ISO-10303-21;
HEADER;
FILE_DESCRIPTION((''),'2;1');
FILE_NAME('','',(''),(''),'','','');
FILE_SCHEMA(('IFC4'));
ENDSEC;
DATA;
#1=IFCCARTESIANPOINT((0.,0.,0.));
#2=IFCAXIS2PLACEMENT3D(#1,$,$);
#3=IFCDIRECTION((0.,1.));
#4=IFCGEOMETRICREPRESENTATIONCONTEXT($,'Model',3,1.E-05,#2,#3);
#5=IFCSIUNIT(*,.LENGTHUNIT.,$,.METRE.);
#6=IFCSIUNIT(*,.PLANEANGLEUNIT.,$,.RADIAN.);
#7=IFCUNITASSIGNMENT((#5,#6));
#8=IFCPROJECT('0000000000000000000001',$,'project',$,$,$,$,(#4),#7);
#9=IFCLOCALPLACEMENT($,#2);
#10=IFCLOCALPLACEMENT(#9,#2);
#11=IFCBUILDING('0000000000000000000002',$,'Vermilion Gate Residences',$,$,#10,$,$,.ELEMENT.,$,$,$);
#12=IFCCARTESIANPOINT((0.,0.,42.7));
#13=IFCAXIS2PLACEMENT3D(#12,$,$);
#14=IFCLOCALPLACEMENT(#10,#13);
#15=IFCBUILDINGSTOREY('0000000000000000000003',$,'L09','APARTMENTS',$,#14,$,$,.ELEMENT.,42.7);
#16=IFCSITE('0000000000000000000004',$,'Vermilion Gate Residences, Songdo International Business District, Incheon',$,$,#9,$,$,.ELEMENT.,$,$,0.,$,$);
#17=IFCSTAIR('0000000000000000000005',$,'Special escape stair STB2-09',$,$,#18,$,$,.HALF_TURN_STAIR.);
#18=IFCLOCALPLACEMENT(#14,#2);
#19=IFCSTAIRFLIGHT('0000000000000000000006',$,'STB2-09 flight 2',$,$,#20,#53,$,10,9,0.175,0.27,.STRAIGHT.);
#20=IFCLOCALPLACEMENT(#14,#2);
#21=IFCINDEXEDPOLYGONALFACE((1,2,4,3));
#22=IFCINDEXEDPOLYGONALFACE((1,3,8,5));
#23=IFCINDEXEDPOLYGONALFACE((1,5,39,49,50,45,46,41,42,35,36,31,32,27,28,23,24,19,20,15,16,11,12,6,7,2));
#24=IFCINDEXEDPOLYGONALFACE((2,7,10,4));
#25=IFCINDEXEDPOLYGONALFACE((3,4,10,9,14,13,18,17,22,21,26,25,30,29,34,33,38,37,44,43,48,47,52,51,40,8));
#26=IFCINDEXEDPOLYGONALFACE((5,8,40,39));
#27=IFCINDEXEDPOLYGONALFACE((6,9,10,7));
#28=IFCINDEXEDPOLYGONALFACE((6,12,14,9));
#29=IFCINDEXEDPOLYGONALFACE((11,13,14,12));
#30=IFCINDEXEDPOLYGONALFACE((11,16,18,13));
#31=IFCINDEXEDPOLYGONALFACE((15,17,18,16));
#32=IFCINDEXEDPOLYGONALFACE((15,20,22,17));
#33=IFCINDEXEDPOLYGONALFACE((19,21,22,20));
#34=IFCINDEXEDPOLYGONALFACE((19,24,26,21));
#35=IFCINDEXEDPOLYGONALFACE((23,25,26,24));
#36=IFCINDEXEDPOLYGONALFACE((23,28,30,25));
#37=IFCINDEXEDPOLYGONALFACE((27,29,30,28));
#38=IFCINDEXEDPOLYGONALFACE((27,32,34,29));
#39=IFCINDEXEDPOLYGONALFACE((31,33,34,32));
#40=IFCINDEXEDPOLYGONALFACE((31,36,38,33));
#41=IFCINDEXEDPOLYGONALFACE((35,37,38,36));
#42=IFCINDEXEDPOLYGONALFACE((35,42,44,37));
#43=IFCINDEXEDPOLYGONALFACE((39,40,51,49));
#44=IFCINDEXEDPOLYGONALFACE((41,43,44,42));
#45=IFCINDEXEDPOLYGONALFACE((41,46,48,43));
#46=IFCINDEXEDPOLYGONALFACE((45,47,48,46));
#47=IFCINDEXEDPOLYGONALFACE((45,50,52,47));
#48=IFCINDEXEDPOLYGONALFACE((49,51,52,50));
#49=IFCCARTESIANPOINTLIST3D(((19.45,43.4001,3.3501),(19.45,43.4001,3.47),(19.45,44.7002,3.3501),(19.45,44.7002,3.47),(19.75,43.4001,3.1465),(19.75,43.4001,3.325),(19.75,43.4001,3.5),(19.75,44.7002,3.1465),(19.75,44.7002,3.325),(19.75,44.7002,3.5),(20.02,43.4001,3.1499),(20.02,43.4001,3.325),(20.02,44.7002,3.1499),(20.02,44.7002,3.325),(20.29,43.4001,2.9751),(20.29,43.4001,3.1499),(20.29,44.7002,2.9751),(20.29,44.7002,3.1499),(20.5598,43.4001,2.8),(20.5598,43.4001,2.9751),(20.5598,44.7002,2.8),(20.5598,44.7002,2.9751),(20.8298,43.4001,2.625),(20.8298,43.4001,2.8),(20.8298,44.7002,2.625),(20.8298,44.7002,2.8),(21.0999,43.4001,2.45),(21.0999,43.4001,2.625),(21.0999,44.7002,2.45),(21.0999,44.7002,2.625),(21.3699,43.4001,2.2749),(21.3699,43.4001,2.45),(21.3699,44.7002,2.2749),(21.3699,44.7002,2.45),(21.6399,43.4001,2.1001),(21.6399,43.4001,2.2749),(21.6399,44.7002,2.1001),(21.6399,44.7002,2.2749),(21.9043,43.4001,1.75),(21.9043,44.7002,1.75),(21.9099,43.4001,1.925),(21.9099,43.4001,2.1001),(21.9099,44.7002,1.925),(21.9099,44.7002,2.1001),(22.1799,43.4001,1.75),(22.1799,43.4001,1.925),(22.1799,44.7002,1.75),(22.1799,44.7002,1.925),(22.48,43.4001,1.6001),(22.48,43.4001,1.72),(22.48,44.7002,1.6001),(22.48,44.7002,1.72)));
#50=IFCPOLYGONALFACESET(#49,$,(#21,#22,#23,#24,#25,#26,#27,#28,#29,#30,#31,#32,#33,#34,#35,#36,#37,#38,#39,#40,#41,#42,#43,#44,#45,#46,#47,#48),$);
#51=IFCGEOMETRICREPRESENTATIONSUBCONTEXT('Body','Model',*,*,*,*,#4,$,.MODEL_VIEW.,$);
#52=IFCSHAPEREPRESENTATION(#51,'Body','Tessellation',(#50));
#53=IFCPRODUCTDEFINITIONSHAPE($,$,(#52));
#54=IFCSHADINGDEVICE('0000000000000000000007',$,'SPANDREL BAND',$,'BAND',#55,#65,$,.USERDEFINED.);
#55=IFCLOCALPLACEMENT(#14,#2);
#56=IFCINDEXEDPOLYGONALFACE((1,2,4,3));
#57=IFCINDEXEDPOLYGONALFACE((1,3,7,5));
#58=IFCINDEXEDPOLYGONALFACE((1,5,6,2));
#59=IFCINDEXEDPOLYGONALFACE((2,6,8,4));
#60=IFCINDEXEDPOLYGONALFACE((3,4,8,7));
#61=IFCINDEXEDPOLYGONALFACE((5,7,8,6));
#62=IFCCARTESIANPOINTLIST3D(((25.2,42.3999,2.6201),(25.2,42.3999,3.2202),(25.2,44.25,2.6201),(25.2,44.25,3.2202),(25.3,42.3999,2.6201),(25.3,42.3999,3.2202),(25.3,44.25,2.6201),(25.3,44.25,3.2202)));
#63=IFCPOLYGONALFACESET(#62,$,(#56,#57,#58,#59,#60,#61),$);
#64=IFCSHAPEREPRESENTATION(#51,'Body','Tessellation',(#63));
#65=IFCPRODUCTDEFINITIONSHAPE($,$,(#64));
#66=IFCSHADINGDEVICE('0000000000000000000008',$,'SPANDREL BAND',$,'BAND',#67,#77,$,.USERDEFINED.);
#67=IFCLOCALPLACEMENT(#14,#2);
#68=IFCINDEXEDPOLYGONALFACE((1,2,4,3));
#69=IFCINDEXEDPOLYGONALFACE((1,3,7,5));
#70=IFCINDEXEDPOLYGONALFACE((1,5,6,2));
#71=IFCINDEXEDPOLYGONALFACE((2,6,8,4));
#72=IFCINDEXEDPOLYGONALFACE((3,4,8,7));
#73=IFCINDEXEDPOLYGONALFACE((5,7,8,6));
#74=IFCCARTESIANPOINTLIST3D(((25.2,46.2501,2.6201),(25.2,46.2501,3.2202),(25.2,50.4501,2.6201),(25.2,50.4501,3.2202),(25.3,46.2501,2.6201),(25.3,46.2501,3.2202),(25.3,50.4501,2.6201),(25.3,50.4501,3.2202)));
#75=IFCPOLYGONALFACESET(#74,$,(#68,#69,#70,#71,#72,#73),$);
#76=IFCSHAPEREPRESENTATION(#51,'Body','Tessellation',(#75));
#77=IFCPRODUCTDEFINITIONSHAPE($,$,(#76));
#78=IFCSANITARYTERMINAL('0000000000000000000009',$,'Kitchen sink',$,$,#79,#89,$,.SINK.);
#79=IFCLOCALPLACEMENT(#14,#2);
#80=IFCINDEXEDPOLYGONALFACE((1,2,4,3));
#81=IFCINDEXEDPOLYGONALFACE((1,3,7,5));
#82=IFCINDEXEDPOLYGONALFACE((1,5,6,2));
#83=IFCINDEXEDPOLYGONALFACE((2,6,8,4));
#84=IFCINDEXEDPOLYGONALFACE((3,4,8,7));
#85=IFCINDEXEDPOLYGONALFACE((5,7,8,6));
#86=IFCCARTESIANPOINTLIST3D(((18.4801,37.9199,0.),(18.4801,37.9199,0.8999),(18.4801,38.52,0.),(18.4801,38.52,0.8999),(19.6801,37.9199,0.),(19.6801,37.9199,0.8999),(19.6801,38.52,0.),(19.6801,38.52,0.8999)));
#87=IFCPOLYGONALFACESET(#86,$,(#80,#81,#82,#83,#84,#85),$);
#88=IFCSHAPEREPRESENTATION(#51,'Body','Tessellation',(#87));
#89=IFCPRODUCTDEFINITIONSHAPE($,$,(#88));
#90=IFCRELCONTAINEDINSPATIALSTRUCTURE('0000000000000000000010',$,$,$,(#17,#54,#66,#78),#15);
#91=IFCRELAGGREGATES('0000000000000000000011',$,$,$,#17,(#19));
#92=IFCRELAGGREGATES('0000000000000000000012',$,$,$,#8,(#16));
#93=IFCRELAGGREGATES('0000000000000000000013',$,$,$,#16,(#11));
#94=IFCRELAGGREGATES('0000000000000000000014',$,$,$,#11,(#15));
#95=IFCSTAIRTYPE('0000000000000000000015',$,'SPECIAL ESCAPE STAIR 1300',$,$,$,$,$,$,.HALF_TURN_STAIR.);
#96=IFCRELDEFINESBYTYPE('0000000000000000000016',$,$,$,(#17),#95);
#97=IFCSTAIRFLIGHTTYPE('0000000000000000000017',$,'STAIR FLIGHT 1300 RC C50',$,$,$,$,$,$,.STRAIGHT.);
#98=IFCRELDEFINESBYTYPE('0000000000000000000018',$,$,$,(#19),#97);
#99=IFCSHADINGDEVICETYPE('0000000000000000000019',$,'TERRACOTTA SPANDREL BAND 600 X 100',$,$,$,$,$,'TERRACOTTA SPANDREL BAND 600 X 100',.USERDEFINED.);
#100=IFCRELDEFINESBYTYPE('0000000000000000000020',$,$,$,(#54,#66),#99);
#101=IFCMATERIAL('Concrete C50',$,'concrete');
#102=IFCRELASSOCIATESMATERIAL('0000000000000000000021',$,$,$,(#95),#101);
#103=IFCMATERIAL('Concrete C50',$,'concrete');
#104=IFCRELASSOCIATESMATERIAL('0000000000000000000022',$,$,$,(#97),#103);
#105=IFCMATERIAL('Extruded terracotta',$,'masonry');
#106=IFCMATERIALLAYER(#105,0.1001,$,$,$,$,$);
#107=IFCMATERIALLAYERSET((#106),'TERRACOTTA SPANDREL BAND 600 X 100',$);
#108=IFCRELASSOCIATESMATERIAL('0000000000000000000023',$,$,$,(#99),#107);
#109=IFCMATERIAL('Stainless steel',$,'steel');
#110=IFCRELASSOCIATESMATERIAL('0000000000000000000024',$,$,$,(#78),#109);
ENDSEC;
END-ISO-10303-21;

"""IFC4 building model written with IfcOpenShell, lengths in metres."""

from ifc_helpers import new_model, si_unit, direction, frame, origin, origin_2d, place, context, subcontext, project, spatial, polyline, rectangle, outline, extrude, material, layer, layer_set, type_object, element, aggregate, save


model = new_model("IFC4")

# Units and contexts
model_context = context("Model", 3, precision=1e-05, world=origin(), true_north=direction((0.0, 1.0)))
body_context = subcontext(model_context, "Body", "Model", "MODEL_VIEW")
ifc_project = project(units=[si_unit("LENGTHUNIT", "METRE"), si_unit("PLANEANGLEUNIT", "RADIAN")], contexts=[model_context])

# Site, building, storey
site_placement = place(None, origin())
site = spatial("IfcSite", under=ifc_project, at=site_placement, Name="Vermilion Gate Residences, Songdo International Business District, Incheon", CompositionType="ELEMENT", RefElevation=0.0)
building_placement = place(site_placement, origin())
building = spatial("IfcBuilding", under=site, at=building_placement, Name="Vermilion Gate Residences", CompositionType="ELEMENT")
storey_placement = place(building_placement, frame((0.0, 0.0, 42.7)))
storey = spatial("IfcBuildingStorey", under=building, at=storey_placement, Name="L09", Description="APARTMENTS", CompositionType="ELEMENT", Elevation=42.7)

# Stair, stair flight
ifc_material_1 = material(Name="Concrete C50", Category="concrete")
stair_type = type_object("IfcStairType", Name="SPECIAL ESCAPE STAIR 1300", PredefinedType="HALF_TURN_STAIR", material=ifc_material_1)
stair_placement = place(storey_placement, origin())
stair = element("IfcStair", 1, at=stair_placement, inside=storey, type_object=stair_type, Name="Special escape stair STB2-09", PredefinedType="HALF_TURN_STAIR")
ifc_material_2 = material(Name="Concrete C50", Category="concrete")
stair_flight_type = type_object("IfcStairFlightType", Name="STAIR FLIGHT 1300 RC C50", PredefinedType="STRAIGHT", material=ifc_material_2)
stair_flight_1_placement = place(storey_placement, frame((22.1799, 44.05, 1.75), z_axis=(0.0, 0.0, 1.0), x_axis=(-1.0, 0.0, 0.0)))
stair_flight_1 = element("IfcStairFlight", 2, at=stair_flight_1_placement, type_object=stair_flight_type, Name="STB2-09 flight 2", NumberOfRisers=10, NumberOfTreads=9, PredefinedType="STRAIGHT", RiserHeight=0.175, TreadLength=0.27, context=body_context, shape_type="SweptSolid", body=[
    extrude(outline(polyline([(-0.3, -0.1499), (-0.3, -0.03), (0.0, 0.0), (0.0, 0.175), (0.27, 0.175), (0.27, 0.3501), (0.54, 0.3501), (0.54, 0.5249), (0.8101, 0.5249), (0.8101, 0.7), (1.0801, 0.7), (1.0801, 0.875), (1.3501, 0.875), (1.3501, 1.05), (1.6201, 1.05), (1.6201, 1.2251), (1.8899, 1.2251), (1.8899, 1.3999), (2.1599, 1.3999), (2.1599, 1.575), (2.4299, 1.575), (2.4299, 1.75), (2.73, 1.72), (2.73, 1.6001), (2.4299, 1.3965), (0.2756, 0.0), (-0.3, -0.1499)])), frame((0.0, 0.6499, 0.0), z_axis=(0.0, -1.0, 0.0), x_axis=(1.0, 0.0, 0.0)), (0.0, 0.0, 1.0), 1.3),
])
aggregate(stair, [stair_flight_1])

# Shading devices
ifc_material_3 = material(Name="Extruded terracotta", Category="masonry")
ifc_layer_1 = layer(ifc_material_3, 0.1001)
ifc_layer_set_1 = layer_set([ifc_layer_1], Name="TERRACOTTA SPANDREL BAND 600 X 100")
shading_device_type = type_object("IfcShadingDeviceType", Name="TERRACOTTA SPANDREL BAND 600 X 100", ElementType="TERRACOTTA SPANDREL BAND 600 X 100", PredefinedType="USERDEFINED", material=ifc_layer_set_1)
shading_device_1_placement = place(storey_placement, frame((25.25, 43.325, 2.6201), z_axis=(0.0, 0.0, 1.0), x_axis=(0.0, 1.0, 0.0)))
element("IfcShadingDevice", 3, at=shading_device_1_placement, inside=storey, type_object=shading_device_type, Name="SPANDREL BAND", ObjectType="BAND", PredefinedType="USERDEFINED", context=body_context, shape_type="SweptSolid", body=[
    extrude(rectangle(XDim=1.8501, YDim=0.1001, at=origin_2d()), origin(), (0.0, 0.0, 1.0), 0.6001),
])
shading_device_2_placement = place(storey_placement, frame((25.25, 48.3501, 2.6201), z_axis=(0.0, 0.0, 1.0), x_axis=(0.0, 1.0, 0.0)))
element("IfcShadingDevice", 4, at=shading_device_2_placement, inside=storey, type_object=shading_device_type, Name="SPANDREL BAND", ObjectType="BAND", PredefinedType="USERDEFINED", context=body_context, shape_type="SweptSolid", body=[
    extrude(rectangle(XDim=4.2, YDim=0.1001, at=origin_2d()), origin(), (0.0, 0.0, 1.0), 0.6001),
])

# Sanitary terminal
ifc_material_4 = material(Name="Stainless steel", Category="steel")
sanitary_terminal_placement = place(storey_placement, frame((19.0801, 38.22, 0.0), z_axis=(0.0, 0.0, 1.0), x_axis=(1.0, 0.0, 0.0)))
element("IfcSanitaryTerminal", 5, at=sanitary_terminal_placement, inside=storey, material=ifc_material_4, Name="Kitchen sink", PredefinedType="SINK", context=body_context, shape_type="SweptSolid", body=[
    extrude(rectangle(XDim=1.2, YDim=0.6001, at=origin_2d()), origin(), (0.0, 0.0, 1.0), 0.8999),
])

save(model, "model.ifc")
